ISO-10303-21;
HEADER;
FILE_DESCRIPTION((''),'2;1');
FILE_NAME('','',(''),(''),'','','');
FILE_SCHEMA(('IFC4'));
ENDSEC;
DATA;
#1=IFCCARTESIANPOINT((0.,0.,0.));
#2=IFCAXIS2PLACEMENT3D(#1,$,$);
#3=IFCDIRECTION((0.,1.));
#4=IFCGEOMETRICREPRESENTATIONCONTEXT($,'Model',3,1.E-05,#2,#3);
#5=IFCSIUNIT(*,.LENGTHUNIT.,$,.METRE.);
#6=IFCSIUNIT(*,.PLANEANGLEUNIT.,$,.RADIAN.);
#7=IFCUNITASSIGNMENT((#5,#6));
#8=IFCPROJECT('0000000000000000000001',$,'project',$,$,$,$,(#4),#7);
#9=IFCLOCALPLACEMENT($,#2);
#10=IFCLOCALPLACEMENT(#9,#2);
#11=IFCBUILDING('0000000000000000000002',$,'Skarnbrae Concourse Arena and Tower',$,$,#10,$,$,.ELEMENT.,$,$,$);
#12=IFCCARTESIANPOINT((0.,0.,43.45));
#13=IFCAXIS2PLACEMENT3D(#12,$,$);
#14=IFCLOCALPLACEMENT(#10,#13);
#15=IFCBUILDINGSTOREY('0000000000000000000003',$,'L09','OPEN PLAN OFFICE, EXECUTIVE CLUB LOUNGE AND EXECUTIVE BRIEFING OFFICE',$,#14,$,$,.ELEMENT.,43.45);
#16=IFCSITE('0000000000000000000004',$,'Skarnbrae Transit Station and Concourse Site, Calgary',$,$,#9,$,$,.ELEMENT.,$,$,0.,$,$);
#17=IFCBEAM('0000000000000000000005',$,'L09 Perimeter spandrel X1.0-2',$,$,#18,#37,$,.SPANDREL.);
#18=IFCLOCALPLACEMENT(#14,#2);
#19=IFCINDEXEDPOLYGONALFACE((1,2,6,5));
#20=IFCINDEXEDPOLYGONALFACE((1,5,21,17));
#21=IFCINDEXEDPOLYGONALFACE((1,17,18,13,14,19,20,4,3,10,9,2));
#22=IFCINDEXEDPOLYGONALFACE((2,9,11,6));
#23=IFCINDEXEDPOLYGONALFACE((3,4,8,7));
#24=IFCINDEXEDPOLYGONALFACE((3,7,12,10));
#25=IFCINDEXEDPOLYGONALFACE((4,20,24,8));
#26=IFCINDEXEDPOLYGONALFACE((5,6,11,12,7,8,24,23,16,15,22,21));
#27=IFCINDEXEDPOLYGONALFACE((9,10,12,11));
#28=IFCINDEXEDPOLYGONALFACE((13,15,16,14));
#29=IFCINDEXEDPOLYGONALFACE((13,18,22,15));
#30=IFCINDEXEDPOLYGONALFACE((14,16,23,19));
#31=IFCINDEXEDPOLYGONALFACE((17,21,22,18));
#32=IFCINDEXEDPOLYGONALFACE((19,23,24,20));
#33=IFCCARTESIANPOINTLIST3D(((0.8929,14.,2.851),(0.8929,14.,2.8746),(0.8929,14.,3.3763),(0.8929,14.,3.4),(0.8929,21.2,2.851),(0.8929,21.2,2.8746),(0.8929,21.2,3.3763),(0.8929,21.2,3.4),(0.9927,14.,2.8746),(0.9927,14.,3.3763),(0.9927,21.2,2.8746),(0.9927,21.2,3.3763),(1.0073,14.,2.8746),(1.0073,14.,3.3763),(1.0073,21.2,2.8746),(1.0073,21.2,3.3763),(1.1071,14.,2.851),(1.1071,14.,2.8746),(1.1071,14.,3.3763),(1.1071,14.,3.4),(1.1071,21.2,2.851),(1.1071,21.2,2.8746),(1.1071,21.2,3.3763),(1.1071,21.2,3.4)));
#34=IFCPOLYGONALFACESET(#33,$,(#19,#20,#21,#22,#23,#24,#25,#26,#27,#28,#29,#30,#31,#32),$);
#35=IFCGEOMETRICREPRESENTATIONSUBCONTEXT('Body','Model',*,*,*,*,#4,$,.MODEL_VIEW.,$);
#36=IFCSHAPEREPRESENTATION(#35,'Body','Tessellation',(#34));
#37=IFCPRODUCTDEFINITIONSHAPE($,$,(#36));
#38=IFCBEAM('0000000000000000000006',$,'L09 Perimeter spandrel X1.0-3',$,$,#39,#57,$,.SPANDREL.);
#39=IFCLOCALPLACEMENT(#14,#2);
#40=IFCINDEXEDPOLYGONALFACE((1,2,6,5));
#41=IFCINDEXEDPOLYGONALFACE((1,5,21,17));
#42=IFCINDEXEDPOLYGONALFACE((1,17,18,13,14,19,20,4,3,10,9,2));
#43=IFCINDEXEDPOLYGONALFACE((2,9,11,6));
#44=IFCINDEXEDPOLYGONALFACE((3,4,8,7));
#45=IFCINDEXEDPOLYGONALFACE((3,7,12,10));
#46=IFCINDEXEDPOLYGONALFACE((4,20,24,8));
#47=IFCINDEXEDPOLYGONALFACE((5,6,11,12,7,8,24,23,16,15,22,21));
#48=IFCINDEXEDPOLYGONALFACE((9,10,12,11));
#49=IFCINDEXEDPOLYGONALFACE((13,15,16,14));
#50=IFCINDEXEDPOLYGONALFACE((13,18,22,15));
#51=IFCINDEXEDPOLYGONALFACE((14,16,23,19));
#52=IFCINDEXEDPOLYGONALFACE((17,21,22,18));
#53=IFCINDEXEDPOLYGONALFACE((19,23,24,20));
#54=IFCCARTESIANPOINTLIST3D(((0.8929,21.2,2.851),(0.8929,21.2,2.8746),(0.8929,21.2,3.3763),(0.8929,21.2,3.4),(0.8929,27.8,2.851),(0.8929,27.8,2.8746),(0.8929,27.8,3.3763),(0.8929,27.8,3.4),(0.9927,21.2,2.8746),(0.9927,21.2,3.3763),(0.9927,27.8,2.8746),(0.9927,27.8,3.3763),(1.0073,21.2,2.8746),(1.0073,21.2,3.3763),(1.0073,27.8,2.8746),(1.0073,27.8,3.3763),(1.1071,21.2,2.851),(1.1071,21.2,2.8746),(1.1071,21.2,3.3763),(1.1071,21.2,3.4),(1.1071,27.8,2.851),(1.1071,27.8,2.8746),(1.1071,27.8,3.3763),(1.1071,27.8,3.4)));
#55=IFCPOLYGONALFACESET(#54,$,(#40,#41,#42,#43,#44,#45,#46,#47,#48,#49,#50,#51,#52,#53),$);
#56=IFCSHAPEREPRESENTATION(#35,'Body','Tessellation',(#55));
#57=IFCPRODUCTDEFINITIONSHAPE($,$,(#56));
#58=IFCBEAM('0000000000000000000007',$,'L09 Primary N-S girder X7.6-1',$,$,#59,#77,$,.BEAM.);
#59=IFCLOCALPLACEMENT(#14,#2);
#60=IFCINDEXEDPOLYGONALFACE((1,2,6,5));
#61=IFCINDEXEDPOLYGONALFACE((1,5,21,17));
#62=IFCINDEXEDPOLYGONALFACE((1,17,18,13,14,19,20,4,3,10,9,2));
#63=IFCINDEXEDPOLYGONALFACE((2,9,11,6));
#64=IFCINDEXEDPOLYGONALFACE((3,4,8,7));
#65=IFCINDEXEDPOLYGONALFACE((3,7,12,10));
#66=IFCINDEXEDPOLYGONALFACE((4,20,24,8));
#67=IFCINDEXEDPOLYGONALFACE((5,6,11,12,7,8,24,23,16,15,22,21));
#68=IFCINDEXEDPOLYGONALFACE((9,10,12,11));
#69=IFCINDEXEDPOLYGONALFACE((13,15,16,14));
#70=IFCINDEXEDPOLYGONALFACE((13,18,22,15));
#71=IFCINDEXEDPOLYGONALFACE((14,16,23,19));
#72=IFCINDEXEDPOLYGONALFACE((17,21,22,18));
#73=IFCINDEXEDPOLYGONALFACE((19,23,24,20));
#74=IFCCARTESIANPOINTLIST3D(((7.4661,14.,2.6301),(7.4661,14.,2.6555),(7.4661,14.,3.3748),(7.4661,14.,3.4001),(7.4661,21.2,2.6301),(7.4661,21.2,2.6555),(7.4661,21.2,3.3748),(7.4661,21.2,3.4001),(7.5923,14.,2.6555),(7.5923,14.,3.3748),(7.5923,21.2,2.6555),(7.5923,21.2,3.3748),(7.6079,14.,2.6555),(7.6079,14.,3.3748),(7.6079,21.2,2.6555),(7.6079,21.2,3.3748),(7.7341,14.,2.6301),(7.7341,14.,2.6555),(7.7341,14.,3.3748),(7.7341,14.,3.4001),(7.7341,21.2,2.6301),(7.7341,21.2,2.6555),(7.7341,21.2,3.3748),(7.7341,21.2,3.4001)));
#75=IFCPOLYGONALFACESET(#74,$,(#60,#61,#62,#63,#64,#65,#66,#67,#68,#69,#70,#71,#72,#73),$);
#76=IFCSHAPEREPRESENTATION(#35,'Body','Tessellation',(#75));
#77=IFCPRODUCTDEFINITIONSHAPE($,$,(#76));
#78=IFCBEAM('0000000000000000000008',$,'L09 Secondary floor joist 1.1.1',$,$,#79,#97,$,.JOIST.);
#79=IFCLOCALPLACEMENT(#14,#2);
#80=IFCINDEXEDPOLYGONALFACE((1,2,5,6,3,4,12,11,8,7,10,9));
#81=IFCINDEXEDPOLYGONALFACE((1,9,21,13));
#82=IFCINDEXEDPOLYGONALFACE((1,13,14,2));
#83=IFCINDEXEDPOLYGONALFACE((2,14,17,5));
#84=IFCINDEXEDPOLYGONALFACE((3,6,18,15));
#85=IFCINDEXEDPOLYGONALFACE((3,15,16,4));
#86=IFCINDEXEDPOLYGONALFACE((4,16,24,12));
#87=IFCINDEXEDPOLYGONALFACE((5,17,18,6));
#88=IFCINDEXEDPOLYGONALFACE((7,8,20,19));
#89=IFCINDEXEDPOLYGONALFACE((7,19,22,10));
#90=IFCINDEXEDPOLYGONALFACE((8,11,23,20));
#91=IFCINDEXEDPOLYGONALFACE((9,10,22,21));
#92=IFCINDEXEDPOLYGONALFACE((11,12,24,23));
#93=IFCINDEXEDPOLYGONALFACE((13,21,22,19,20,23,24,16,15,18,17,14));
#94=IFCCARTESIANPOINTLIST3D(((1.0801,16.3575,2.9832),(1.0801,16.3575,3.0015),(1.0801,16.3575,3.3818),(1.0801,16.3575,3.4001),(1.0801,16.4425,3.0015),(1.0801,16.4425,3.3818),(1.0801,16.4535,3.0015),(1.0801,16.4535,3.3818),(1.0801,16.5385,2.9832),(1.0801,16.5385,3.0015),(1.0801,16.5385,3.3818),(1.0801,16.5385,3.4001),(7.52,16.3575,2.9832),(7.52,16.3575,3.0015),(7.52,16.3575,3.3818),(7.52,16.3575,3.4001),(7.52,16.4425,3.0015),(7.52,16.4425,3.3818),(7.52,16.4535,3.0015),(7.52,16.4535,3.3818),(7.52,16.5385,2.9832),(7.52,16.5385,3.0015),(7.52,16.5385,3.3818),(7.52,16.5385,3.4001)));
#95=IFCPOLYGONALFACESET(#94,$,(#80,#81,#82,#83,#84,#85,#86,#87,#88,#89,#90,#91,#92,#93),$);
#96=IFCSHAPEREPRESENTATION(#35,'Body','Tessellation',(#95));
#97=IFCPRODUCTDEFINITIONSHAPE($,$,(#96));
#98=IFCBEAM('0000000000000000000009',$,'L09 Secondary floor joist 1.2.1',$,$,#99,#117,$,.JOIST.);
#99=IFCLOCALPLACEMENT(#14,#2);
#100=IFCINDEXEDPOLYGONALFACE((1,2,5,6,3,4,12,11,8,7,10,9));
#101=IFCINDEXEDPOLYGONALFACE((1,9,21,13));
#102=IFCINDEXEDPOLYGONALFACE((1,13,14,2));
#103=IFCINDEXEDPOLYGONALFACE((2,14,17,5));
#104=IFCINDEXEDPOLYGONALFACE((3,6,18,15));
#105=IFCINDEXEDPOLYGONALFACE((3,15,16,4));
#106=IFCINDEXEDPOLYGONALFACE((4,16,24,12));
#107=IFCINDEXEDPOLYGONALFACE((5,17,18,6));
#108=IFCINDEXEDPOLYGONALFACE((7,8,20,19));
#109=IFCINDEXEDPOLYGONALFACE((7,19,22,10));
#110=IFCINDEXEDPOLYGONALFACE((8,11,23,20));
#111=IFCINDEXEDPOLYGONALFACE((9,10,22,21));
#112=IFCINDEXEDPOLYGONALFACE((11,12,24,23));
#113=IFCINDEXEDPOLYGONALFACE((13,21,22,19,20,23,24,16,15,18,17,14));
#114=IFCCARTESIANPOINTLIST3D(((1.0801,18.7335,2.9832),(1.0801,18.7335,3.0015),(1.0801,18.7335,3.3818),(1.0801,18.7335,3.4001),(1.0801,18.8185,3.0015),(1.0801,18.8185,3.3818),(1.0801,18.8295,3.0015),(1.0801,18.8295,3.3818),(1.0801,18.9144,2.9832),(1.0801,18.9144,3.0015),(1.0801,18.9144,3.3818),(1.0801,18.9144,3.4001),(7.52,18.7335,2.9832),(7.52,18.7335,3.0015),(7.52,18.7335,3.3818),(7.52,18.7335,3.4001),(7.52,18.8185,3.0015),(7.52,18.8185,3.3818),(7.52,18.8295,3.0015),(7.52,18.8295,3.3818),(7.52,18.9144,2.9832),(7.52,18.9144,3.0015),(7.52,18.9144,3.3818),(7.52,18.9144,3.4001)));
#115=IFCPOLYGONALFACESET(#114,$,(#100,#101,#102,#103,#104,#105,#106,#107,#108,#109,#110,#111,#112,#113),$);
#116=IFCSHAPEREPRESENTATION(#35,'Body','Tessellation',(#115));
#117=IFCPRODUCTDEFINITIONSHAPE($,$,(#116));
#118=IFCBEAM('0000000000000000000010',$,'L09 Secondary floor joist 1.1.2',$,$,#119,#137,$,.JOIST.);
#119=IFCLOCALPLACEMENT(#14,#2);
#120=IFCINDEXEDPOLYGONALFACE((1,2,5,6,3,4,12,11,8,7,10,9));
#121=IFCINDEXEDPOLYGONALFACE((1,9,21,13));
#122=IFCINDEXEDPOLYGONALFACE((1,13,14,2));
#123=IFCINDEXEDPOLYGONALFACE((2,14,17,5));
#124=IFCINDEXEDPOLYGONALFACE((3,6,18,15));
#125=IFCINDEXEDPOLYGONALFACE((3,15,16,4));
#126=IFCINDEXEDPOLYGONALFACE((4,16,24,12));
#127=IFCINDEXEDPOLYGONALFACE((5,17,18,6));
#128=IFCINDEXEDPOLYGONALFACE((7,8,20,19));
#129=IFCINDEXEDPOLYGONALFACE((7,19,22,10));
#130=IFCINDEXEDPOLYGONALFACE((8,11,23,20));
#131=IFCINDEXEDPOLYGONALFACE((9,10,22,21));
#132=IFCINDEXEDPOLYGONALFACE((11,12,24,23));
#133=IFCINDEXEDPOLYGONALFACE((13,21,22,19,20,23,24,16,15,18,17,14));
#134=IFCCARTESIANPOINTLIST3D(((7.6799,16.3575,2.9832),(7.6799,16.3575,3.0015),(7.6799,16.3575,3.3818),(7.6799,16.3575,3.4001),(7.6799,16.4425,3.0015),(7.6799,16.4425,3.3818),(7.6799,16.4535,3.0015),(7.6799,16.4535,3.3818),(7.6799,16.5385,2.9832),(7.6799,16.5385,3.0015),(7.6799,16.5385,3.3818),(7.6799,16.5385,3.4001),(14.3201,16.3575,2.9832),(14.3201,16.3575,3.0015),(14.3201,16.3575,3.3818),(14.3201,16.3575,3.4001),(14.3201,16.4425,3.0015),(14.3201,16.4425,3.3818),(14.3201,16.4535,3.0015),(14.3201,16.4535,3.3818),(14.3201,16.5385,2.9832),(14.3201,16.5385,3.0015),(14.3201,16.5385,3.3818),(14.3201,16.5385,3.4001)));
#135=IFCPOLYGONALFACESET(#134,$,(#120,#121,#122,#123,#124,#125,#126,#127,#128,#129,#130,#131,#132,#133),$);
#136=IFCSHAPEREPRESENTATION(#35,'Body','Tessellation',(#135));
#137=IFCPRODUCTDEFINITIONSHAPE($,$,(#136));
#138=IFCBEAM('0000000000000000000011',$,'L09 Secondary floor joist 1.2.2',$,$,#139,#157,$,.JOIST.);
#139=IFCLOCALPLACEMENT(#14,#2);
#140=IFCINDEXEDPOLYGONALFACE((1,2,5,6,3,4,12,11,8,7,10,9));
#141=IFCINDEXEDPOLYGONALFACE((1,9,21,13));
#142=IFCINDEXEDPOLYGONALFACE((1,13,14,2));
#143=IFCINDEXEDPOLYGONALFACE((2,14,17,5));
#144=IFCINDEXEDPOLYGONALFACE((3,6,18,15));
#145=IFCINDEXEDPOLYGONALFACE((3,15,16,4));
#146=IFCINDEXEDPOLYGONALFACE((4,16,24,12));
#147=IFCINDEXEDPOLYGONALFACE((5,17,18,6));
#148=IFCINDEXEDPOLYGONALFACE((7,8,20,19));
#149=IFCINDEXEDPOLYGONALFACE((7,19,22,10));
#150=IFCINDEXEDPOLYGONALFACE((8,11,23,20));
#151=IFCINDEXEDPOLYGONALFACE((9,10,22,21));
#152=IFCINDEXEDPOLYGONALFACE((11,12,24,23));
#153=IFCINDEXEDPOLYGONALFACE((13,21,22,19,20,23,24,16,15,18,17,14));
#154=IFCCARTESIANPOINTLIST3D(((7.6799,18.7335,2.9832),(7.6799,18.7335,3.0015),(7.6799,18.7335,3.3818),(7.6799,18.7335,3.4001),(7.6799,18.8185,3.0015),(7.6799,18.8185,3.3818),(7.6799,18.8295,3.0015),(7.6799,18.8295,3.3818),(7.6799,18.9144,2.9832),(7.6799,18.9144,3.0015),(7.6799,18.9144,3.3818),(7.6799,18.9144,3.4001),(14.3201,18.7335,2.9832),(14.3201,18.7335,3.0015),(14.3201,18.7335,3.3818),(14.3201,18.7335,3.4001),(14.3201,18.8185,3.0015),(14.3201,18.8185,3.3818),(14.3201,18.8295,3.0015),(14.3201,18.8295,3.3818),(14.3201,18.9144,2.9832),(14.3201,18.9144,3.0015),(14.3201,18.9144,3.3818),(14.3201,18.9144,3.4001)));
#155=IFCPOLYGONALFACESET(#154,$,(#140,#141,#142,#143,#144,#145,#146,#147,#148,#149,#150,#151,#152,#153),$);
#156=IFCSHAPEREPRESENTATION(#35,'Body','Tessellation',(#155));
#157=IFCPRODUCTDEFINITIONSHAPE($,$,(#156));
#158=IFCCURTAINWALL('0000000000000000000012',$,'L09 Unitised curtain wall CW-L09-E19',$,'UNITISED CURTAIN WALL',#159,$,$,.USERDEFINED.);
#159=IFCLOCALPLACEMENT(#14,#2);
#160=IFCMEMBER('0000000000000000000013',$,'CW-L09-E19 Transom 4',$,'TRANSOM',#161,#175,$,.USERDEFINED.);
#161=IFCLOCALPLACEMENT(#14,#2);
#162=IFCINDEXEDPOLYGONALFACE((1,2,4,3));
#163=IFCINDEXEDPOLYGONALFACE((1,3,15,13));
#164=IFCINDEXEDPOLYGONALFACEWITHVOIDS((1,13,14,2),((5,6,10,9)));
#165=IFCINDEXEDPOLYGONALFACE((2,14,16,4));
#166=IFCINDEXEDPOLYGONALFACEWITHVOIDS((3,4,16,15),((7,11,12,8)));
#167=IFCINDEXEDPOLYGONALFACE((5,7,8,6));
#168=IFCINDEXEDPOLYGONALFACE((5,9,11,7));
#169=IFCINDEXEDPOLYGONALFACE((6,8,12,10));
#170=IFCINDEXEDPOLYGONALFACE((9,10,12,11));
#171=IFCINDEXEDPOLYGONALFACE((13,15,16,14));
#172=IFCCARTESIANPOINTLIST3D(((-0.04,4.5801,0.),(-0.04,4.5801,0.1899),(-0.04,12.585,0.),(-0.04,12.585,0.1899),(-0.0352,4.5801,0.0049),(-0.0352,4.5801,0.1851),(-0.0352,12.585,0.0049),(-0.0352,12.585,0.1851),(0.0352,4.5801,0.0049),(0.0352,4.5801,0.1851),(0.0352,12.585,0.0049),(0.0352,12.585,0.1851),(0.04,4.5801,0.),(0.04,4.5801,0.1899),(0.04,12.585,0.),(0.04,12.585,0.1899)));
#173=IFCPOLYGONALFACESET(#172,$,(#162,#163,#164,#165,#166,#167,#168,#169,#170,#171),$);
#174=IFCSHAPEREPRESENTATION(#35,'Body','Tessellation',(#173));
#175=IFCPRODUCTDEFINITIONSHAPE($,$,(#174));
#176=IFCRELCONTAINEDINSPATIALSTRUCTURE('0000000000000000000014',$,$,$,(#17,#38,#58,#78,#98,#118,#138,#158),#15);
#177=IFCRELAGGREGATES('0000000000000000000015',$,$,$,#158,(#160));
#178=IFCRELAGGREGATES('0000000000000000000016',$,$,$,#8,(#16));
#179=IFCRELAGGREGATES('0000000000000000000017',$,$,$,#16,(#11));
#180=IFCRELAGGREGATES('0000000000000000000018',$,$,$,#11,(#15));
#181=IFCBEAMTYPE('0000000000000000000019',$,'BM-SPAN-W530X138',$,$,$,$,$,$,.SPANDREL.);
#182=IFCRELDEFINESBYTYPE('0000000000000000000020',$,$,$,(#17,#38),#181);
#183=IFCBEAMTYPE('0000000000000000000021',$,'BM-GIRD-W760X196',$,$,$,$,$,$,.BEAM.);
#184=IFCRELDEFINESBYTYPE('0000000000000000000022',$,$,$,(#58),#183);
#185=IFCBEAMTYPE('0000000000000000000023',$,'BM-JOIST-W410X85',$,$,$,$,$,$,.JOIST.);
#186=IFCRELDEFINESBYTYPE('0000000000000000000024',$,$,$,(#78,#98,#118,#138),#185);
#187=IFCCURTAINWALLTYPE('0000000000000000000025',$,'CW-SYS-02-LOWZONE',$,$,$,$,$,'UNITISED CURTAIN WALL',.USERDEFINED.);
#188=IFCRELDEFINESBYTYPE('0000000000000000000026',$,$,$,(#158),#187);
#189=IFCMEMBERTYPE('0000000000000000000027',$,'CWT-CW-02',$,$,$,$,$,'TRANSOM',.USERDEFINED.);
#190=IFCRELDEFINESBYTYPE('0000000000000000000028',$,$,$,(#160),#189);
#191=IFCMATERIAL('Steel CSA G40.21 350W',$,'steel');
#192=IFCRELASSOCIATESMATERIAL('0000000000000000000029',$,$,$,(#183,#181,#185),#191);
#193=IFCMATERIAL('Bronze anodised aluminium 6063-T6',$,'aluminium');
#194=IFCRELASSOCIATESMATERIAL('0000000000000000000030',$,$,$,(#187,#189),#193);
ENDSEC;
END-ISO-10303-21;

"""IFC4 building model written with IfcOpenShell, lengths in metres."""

from ifc_helpers import new_model, si_unit, direction, frame, origin, origin_2d, place, context, subcontext, project, spatial, hollow_rectangle, i_section, extrude, source, transform, mapped, material, material_profile, profile_set, type_object, element, aggregate, save


model = new_model("IFC4")

# Units and contexts
model_context = context("Model", 3, precision=1e-05, world=origin(), true_north=direction((0.0, 1.0)))
body_context = subcontext(model_context, "Body", "Model", "MODEL_VIEW")
ifc_project = project(units=[si_unit("LENGTHUNIT", "METRE"), si_unit("PLANEANGLEUNIT", "RADIAN")], contexts=[model_context])

# Site, building, storey
site_placement = place(None, origin())
site = spatial("IfcSite", under=ifc_project, at=site_placement, Name="Skarnbrae Transit Station and Concourse Site, Calgary", CompositionType="ELEMENT", RefElevation=0.0)
building_placement = place(site_placement, origin())
building = spatial("IfcBuilding", under=site, at=building_placement, Name="Skarnbrae Concourse Arena and Tower", CompositionType="ELEMENT")
storey_placement = place(building_placement, frame((0.0, 0.0, 43.45)))
storey = spatial("IfcBuildingStorey", under=building, at=storey_placement, Name="L09", Description="OPEN PLAN OFFICE, EXECUTIVE CLUB LOUNGE AND EXECUTIVE BRIEFING OFFICE", CompositionType="ELEMENT", Elevation=43.45)

# Shared definitions
ifc_material_1 = material(Name="Steel CSA G40.21 350W", Category="steel")

# Beams
ifc_material_profile_1 = material_profile(ifc_material_1, i_section(OverallWidth=0.2681, OverallDepth=0.77, WebThickness=0.0156, FlangeThickness=0.0254, at=origin_2d()), Name="W760X196")
ifc_profile_set_1 = profile_set([ifc_material_profile_1], Name="Steel CSA G40.21 350W")
beam_type_1 = type_object("IfcBeamType", Name="BM-GIRD-W760X196", PredefinedType="BEAM", material=ifc_profile_set_1)
ifc_material_profile_2 = material_profile(ifc_material_1, i_section(OverallWidth=0.2141, OverallDepth=0.5491, WebThickness=0.0146, FlangeThickness=0.0237, at=origin_2d()), Name="W530X138")
ifc_profile_set_2 = profile_set([ifc_material_profile_2], Name="Steel CSA G40.21 350W")
beam_type_2 = type_object("IfcBeamType", Name="BM-SPAN-W530X138", PredefinedType="SPANDREL", material=ifc_profile_set_2)
shared_shape_1 = source(origin(), body_context, "Body", "SweptSolid", [
    extrude(i_section(OverallWidth=0.2141, OverallDepth=0.5491, WebThickness=0.0146, FlangeThickness=0.0237, at=origin_2d()), origin(), (0.0, 0.0, 1.0), 7.2),
])
beam_1_placement = place(storey_placement, frame((1.0, 14.0, 3.1255), z_axis=(0.0, 1.0, 0.0), x_axis=(-1.0, 0.0, 0.0)))
element("IfcBeam", 1, at=beam_1_placement, inside=storey, type_object=beam_type_2, Name="L09 Perimeter spandrel X1.0-2", PredefinedType="SPANDREL", context=body_context, shape_type="MappedRepresentation", body=[
    mapped(shared_shape_1, transform((0.0, 0.0, 0.0))),
])
shared_shape_2 = source(origin(), body_context, "Body", "SweptSolid", [
    extrude(i_section(OverallWidth=0.2141, OverallDepth=0.5491, WebThickness=0.0146, FlangeThickness=0.0237, at=origin_2d()), origin(), (0.0, 0.0, 1.0), 6.6001),
])
beam_2_placement = place(storey_placement, frame((1.0, 21.2, 3.1255), z_axis=(0.0, 1.0, 0.0), x_axis=(-1.0, 0.0, 0.0)))
element("IfcBeam", 2, at=beam_2_placement, inside=storey, type_object=beam_type_2, Name="L09 Perimeter spandrel X1.0-3", PredefinedType="SPANDREL", context=body_context, shape_type="MappedRepresentation", body=[
    mapped(shared_shape_2, transform((0.0, 0.0, 0.0))),
])
shared_shape_3 = source(origin(), body_context, "Body", "SweptSolid", [
    extrude(i_section(OverallWidth=0.2681, OverallDepth=0.77, WebThickness=0.0156, FlangeThickness=0.0254, at=origin_2d()), origin(), (0.0, 0.0, 1.0), 7.2),
])
beam_3_placement = place(storey_placement, frame((7.6001, 14.0, 3.0151), z_axis=(0.0, 1.0, 0.0), x_axis=(-1.0, 0.0, 0.0)))
element("IfcBeam", 3, at=beam_3_placement, inside=storey, type_object=beam_type_1, Name="L09 Primary N-S girder X7.6-1", PredefinedType="BEAM", context=body_context, shape_type="MappedRepresentation", body=[
    mapped(shared_shape_3, transform((0.0, 0.0, 0.0))),
])
ifc_material_profile_3 = material_profile(ifc_material_1, i_section(OverallWidth=0.1809, OverallDepth=0.417, WebThickness=0.011, FlangeThickness=0.0183, at=origin_2d()), Name="W410X85")
ifc_profile_set_3 = profile_set([ifc_material_profile_3], Name="Steel CSA G40.21 350W")
beam_type_3 = type_object("IfcBeamType", Name="BM-JOIST-W410X85", PredefinedType="JOIST", material=ifc_profile_set_3)
shared_shape_4 = source(origin(), body_context, "Body", "SweptSolid", [
    extrude(i_section(OverallWidth=0.1809, OverallDepth=0.417, WebThickness=0.011, FlangeThickness=0.0183, at=origin_2d()), origin(), (0.0, 0.0, 1.0), 6.4399),
])
for number, where, z_axis, x_axis, name in (
    (4, (1.0801, 16.448, 3.1917), (1.0, 0.0, 0.0), (0.0, 1.0, 0.0), "L09 Secondary floor joist 1.1.1"),
    (5, (1.0801, 18.824, 3.1917), (1.0, 0.0, 0.0), (0.0, 1.0, 0.0), "L09 Secondary floor joist 1.2.1"),
):
    element("IfcBeam", number, at=place(storey_placement, frame(where, z_axis=z_axis, x_axis=x_axis)), inside=storey, type_object=beam_type_3, Name=name, PredefinedType="JOIST", context=body_context, shape_type="MappedRepresentation", body=[
        mapped(shared_shape_4, transform((0.0, 0.0, 0.0))),
    ])
shared_shape_5 = source(origin(), body_context, "Body", "SweptSolid", [
    extrude(i_section(OverallWidth=0.1809, OverallDepth=0.417, WebThickness=0.011, FlangeThickness=0.0183, at=origin_2d()), origin(), (0.0, 0.0, 1.0), 6.6401),
])
for number, where, z_axis, x_axis, name in (
    (6, (7.6799, 16.448, 3.1917), (1.0, 0.0, 0.0), (0.0, 1.0, 0.0), "L09 Secondary floor joist 1.1.2"),
    (7, (7.6799, 18.824, 3.1917), (1.0, 0.0, 0.0), (0.0, 1.0, 0.0), "L09 Secondary floor joist 1.2.2"),
):
    element("IfcBeam", number, at=place(storey_placement, frame(where, z_axis=z_axis, x_axis=x_axis)), inside=storey, type_object=beam_type_3, Name=name, PredefinedType="JOIST", context=body_context, shape_type="MappedRepresentation", body=[
        mapped(shared_shape_5, transform((0.0, 0.0, 0.0))),
    ])

# Curtain wall, member
ifc_material_2 = material(Name="Bronze anodised aluminium 6063-T6", Category="aluminium")
curtain_wall_type = type_object("IfcCurtainWallType", Name="CW-SYS-02-LOWZONE", ElementType="UNITISED CURTAIN WALL", PredefinedType="USERDEFINED", material=ifc_material_2)
curtain_wall_placement = place(storey_placement, origin())
curtain_wall = element("IfcCurtainWall", 8, at=curtain_wall_placement, inside=storey, type_object=curtain_wall_type, Name="L09 Unitised curtain wall CW-L09-E19", ObjectType="UNITISED CURTAIN WALL", PredefinedType="USERDEFINED")
ifc_material_profile_4 = material_profile(ifc_material_2, hollow_rectangle(XDim=0.0801, YDim=0.1899, WallThickness=0.0049, at=origin_2d()), Name="ALU-TRAN-80X190")
ifc_profile_set_4 = profile_set([ifc_material_profile_4], Name="Bronze anodised aluminium 6063-T6")
member_type_1 = type_object("IfcMemberType", Name="CWT-CW-02", ElementType="TRANSOM", PredefinedType="USERDEFINED", material=ifc_profile_set_4)
shared_shape_6 = source(origin(), body_context, "Body", "SweptSolid", [
    extrude(hollow_rectangle(XDim=0.0801, YDim=0.1899, WallThickness=0.0049, at=origin_2d()), origin(), (0.0, 0.0, 1.0), 8.0049),
])
member_1_placement = place(storey_placement, frame((0.0, 12.585, 0.095), z_axis=(0.0, -1.0, 0.0), x_axis=(1.0, 0.0, 0.0)))
member_1 = element("IfcMember", 9, at=member_1_placement, type_object=member_type_1, Name="CW-L09-E19 Transom 4", ObjectType="TRANSOM", PredefinedType="USERDEFINED", context=body_context, shape_type="MappedRepresentation", body=[
    mapped(shared_shape_6, transform((0.0, 0.0, 0.0))),
])
aggregate(curtain_wall, [member_1])

save(model, "model.ifc")
